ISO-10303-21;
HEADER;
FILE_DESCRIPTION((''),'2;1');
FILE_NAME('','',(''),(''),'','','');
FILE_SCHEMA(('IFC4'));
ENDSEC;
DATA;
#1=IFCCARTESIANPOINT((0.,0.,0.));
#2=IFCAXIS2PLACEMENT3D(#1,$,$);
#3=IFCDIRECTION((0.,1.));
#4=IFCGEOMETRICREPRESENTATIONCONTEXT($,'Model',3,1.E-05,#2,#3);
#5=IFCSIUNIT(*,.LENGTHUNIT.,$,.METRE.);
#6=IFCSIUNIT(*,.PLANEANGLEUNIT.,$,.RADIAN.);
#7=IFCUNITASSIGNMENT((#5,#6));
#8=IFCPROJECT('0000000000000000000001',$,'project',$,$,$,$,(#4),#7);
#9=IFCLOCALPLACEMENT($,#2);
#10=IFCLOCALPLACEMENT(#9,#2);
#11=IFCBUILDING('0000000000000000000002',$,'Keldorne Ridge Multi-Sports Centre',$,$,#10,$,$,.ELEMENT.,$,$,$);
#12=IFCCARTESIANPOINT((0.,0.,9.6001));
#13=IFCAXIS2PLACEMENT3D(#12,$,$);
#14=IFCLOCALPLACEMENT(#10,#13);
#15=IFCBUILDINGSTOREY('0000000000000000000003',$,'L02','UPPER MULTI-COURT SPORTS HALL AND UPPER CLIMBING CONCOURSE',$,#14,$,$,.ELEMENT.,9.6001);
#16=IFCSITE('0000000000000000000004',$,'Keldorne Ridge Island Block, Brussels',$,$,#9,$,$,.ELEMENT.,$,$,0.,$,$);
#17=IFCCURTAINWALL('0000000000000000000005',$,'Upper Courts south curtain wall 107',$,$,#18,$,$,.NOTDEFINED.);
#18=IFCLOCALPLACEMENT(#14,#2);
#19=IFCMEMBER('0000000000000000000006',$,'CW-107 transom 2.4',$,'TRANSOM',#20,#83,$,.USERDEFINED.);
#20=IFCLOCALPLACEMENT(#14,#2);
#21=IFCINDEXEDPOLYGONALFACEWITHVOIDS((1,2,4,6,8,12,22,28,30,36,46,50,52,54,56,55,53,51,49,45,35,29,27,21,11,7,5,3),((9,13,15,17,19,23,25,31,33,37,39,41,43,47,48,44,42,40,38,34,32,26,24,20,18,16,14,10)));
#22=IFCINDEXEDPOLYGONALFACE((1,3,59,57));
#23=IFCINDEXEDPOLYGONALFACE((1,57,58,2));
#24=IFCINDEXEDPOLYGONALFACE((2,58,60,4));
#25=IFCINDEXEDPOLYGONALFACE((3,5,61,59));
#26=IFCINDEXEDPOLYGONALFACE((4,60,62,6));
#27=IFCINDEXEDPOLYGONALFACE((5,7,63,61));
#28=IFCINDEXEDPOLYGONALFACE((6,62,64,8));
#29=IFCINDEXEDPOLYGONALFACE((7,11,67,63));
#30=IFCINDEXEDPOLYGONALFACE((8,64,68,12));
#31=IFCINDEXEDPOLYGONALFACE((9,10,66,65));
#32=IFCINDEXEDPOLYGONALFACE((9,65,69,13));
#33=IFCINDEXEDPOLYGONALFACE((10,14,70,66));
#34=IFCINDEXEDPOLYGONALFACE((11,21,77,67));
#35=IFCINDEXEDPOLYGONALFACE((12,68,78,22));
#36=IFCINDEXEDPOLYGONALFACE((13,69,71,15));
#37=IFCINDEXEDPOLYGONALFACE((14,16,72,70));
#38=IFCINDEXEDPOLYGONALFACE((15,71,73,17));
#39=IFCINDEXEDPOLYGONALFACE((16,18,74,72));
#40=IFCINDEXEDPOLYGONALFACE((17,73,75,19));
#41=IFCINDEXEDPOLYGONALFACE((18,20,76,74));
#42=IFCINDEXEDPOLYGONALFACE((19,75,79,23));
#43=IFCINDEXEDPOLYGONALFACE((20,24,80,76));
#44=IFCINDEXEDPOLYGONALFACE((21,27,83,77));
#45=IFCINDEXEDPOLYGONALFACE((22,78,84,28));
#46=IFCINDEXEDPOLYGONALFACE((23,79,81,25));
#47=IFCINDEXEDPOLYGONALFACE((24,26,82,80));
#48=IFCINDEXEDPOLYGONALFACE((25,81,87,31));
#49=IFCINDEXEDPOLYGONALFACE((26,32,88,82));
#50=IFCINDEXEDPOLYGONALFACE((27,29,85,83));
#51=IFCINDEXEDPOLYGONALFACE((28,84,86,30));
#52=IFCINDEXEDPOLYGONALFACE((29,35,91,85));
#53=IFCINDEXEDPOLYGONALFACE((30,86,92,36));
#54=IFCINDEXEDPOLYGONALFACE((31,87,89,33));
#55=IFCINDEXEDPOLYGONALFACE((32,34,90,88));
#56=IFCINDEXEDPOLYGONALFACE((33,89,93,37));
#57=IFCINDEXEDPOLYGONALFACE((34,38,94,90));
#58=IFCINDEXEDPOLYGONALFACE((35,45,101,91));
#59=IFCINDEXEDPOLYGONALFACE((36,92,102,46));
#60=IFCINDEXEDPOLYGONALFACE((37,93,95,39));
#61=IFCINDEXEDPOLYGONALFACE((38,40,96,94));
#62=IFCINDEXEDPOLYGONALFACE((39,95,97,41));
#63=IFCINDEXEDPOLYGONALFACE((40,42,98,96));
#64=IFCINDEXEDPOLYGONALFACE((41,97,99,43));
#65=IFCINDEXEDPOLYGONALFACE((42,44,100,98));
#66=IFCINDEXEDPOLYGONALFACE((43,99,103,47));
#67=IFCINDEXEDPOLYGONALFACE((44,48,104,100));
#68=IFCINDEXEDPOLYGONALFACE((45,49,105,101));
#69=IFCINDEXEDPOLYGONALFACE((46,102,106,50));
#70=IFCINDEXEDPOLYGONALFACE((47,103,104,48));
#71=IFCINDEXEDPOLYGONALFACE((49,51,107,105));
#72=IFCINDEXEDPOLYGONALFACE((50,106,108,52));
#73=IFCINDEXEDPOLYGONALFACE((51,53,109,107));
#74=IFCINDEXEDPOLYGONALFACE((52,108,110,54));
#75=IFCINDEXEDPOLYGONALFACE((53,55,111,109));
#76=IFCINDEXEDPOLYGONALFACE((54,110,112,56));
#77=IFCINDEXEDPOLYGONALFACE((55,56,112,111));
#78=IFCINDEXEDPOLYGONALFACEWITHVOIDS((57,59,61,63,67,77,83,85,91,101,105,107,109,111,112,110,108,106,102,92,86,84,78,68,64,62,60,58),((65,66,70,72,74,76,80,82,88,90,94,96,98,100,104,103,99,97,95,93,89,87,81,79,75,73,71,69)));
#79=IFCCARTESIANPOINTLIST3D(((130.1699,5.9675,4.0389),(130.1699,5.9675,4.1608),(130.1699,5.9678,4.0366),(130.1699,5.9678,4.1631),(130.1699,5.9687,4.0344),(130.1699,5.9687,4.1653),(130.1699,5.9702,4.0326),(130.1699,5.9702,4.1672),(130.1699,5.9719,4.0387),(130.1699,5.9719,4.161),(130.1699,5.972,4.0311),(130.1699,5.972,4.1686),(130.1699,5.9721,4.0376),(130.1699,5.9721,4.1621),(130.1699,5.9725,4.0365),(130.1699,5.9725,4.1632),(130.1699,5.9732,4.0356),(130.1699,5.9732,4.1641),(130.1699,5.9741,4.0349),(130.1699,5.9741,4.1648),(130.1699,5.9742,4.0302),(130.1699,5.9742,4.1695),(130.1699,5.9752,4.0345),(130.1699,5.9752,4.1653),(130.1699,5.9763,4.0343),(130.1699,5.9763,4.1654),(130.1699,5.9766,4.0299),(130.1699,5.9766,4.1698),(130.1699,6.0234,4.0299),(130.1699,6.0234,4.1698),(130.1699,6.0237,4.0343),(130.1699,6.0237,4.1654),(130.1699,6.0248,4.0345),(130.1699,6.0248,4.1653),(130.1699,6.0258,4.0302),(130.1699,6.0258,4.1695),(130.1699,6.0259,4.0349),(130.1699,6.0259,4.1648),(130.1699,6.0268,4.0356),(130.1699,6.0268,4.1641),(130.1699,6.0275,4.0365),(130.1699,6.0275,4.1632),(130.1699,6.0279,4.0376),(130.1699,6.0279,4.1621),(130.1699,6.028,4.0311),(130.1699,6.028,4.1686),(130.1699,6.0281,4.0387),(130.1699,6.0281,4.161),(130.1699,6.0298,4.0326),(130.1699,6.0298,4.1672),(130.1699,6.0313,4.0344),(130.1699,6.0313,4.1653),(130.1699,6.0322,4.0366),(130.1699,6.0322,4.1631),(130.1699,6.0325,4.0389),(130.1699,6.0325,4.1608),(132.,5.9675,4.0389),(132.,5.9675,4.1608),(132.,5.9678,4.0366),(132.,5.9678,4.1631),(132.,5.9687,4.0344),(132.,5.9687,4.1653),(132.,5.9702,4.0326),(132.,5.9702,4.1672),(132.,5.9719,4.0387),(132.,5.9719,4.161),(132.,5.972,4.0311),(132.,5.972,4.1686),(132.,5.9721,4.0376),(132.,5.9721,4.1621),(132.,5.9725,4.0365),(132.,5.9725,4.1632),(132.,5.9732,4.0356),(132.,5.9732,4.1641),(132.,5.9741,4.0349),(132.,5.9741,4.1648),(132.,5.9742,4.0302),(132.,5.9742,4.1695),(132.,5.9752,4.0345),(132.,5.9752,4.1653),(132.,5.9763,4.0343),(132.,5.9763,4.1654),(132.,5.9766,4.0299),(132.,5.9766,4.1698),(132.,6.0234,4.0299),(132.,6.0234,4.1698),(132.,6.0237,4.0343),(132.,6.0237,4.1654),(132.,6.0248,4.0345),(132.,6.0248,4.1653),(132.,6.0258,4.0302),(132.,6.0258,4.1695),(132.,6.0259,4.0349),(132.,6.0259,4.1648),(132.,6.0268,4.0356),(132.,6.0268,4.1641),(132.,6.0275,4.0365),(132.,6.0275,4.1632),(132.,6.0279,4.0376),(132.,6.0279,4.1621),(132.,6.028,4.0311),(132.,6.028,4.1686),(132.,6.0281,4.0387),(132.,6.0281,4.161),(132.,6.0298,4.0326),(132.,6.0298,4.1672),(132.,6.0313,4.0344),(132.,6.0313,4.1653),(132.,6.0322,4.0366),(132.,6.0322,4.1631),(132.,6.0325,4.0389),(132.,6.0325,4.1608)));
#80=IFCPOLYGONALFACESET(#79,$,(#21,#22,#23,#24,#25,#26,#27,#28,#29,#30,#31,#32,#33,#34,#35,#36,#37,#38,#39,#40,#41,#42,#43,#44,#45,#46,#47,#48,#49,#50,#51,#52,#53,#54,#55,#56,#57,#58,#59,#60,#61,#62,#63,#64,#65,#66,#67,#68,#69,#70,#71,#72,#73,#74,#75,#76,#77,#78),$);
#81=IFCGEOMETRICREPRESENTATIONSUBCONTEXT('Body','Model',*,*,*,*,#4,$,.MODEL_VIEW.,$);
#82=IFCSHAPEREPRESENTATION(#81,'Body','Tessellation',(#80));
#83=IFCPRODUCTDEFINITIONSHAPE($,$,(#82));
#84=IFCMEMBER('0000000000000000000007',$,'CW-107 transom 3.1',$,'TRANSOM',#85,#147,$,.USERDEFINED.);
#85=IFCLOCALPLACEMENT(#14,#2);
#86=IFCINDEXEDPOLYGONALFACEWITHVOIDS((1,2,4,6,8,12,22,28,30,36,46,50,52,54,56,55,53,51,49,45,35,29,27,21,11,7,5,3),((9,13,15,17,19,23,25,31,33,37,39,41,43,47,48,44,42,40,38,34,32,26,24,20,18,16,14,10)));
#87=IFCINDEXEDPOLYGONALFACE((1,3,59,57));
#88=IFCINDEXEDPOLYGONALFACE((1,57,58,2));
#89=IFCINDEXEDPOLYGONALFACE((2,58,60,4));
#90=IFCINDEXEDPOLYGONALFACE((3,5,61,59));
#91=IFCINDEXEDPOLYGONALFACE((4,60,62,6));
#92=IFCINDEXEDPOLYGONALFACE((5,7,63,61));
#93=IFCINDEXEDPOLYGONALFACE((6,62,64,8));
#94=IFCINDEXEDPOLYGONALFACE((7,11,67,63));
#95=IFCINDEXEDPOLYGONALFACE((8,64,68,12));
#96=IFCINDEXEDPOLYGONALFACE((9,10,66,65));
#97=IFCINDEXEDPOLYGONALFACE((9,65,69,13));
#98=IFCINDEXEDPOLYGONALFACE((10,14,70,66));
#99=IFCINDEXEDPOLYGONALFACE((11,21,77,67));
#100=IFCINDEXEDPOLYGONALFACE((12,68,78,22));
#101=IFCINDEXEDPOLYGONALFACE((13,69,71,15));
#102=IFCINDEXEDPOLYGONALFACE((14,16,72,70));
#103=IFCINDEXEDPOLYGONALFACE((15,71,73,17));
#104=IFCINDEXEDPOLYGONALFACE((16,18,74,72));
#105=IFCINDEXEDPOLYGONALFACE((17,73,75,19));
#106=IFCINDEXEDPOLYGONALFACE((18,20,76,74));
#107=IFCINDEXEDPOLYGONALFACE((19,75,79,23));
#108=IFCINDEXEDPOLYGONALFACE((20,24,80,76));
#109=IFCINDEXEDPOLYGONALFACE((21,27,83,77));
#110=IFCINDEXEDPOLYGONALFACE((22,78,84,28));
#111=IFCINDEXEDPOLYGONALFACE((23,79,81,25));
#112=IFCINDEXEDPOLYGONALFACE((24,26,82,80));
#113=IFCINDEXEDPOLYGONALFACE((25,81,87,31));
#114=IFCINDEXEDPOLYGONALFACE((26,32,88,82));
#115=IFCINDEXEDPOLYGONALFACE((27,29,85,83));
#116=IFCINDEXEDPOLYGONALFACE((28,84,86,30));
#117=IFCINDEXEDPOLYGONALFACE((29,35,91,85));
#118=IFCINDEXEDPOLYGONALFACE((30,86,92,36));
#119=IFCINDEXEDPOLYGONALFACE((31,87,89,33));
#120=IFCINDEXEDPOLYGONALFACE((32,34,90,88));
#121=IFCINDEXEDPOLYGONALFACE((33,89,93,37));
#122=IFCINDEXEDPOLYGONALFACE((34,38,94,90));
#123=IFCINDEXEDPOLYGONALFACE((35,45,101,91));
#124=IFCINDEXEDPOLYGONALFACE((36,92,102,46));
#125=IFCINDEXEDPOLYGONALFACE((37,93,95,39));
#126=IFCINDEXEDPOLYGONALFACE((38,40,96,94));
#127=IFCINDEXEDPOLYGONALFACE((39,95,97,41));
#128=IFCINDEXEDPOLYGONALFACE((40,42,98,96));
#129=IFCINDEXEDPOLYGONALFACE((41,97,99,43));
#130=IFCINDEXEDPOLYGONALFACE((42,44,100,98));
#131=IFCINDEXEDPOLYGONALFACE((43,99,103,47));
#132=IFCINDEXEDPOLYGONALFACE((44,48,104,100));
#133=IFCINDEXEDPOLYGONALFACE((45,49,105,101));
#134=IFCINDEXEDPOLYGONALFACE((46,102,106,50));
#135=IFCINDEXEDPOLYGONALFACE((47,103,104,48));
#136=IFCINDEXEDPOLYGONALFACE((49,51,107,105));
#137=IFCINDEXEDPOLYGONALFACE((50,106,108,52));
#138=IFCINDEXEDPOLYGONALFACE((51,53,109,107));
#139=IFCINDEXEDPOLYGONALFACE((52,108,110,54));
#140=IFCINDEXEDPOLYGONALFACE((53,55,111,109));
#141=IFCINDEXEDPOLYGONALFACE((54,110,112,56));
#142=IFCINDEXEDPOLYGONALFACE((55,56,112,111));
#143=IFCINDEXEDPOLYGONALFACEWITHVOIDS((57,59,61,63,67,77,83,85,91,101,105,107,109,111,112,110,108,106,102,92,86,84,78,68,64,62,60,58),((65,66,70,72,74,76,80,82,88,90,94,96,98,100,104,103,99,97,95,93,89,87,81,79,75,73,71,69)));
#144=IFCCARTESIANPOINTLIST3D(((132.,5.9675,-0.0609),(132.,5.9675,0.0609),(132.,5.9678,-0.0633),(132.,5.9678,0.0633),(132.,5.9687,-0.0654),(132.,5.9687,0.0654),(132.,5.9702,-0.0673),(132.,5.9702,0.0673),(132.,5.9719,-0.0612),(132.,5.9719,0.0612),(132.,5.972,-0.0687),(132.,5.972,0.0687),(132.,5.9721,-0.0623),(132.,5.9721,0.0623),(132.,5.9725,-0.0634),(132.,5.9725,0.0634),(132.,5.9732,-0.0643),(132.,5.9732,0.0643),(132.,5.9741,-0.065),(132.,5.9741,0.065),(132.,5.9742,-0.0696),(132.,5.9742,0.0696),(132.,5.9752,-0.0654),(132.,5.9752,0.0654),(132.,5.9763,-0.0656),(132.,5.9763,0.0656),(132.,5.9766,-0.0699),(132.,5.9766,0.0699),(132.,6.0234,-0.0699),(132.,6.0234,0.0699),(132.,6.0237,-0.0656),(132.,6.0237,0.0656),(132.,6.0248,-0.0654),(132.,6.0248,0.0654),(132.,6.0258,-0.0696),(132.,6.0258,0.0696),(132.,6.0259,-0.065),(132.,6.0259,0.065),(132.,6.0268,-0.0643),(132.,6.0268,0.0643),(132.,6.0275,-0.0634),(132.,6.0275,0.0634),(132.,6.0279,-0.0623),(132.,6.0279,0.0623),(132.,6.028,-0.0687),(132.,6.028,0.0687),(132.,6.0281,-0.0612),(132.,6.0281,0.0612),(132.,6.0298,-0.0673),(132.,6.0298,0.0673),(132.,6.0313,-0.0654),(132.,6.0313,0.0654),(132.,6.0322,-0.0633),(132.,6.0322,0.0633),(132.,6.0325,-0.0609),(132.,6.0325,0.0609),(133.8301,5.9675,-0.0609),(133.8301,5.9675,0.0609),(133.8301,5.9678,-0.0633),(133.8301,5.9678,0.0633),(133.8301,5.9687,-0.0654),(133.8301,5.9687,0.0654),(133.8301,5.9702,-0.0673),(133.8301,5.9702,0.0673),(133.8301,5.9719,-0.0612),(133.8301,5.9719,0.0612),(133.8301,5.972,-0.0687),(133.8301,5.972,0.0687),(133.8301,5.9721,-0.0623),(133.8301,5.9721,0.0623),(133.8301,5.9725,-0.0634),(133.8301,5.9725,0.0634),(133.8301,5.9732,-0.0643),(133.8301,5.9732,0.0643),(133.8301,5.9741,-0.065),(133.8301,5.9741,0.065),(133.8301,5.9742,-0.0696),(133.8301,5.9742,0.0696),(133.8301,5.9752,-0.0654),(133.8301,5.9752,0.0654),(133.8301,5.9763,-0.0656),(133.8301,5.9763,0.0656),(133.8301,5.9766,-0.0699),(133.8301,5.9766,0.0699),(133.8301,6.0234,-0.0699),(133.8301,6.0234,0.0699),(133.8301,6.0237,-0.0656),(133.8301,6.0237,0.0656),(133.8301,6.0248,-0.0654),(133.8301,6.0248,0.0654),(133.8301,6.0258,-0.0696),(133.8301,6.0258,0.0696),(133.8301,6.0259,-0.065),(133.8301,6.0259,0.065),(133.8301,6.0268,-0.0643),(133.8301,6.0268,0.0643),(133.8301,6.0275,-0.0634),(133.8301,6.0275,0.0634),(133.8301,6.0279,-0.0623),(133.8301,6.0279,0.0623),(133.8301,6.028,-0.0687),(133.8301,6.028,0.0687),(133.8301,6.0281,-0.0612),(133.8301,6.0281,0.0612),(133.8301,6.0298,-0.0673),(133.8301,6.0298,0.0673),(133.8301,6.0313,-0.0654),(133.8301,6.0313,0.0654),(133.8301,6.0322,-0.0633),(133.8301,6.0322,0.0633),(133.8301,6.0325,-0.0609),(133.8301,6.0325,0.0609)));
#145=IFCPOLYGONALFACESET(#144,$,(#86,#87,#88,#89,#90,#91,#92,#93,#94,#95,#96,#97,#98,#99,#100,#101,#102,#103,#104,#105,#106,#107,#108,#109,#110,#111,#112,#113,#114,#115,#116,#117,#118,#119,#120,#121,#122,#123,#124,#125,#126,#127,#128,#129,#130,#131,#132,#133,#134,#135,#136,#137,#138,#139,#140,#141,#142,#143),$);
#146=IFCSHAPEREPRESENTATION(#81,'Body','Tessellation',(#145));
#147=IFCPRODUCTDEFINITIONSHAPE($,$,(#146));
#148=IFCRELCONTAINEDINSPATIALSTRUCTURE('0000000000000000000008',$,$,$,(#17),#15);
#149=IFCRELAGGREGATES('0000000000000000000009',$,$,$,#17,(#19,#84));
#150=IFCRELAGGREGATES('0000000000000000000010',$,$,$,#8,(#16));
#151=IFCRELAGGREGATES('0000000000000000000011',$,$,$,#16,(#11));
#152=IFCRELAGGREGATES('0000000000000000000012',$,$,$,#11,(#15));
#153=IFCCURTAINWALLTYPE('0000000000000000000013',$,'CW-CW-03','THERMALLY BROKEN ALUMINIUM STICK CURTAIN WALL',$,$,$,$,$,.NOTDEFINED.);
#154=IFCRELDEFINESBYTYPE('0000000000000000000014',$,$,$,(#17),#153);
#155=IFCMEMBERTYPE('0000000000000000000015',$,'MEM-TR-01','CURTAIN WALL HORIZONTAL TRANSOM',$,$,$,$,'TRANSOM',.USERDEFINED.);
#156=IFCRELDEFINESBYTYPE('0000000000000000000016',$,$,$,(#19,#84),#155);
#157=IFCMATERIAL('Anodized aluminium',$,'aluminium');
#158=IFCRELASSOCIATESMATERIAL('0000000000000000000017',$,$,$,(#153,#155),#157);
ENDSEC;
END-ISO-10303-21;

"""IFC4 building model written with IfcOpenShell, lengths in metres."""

from ifc_helpers import new_model, si_unit, direction, frame, origin, origin_2d, place, context, subcontext, project, spatial, hollow_rectangle, extrude, material, material_profile, profile_set, type_object, element, aggregate, save


model = new_model("IFC4")

# Units and contexts
model_context = context("Model", 3, precision=1e-05, world=origin(), true_north=direction((0.0, 1.0)))
body_context = subcontext(model_context, "Body", "Model", "MODEL_VIEW")
ifc_project = project(units=[si_unit("LENGTHUNIT", "METRE"), si_unit("PLANEANGLEUNIT", "RADIAN")], contexts=[model_context])

# Site, building, storey
site_placement = place(None, origin())
site = spatial("IfcSite", under=ifc_project, at=site_placement, Name="Keldorne Ridge Island Block, Brussels", CompositionType="ELEMENT", RefElevation=0.0)
building_placement = place(site_placement, origin())
building = spatial("IfcBuilding", under=site, at=building_placement, Name="Keldorne Ridge Multi-Sports Centre", CompositionType="ELEMENT")
storey_placement = place(building_placement, frame((0.0, 0.0, 9.6001)))
storey = spatial("IfcBuildingStorey", under=building, at=storey_placement, Name="L02", Description="UPPER MULTI-COURT SPORTS HALL AND UPPER CLIMBING CONCOURSE", CompositionType="ELEMENT", Elevation=9.6001)

# Curtain wall, members
ifc_material_1 = material(Name="Anodized aluminium", Category="aluminium")
curtain_wall_type = type_object("IfcCurtainWallType", Name="CW-CW-03", Description="THERMALLY BROKEN ALUMINIUM STICK CURTAIN WALL", PredefinedType="NOTDEFINED", material=ifc_material_1)
curtain_wall_placement = place(storey_placement, origin())
curtain_wall = element("IfcCurtainWall", 1, at=curtain_wall_placement, inside=storey, type_object=curtain_wall_type, Name="Upper Courts south curtain wall 107", PredefinedType="NOTDEFINED")
ifc_material_profile_1 = material_profile(ifc_material_1, hollow_rectangle(XDim=0.0649, YDim=0.1399, WallThickness=0.0044, InnerFilletRadius=0.0044, OuterFilletRadius=0.009, at=origin_2d()), Name="ALU TRANSOM 140x65x4.5")
ifc_profile_set_1 = profile_set([ifc_material_profile_1], Name="Anodized aluminium")
member_type_1 = type_object("IfcMemberType", Name="MEM-TR-01", Description="CURTAIN WALL HORIZONTAL TRANSOM", ElementType="TRANSOM", PredefinedType="USERDEFINED", material=ifc_profile_set_1)
member_1_placement = place(storey_placement, frame((130.1699, 6.0, 4.0999), z_axis=(1.0, 0.0, 0.0), x_axis=(0.0, 1.0, 0.0)))
member_1 = element("IfcMember", 2, at=member_1_placement, type_object=member_type_1, Name="CW-107 transom 2.4", ObjectType="TRANSOM", PredefinedType="USERDEFINED", context=body_context, shape_type="SweptSolid", body=[
    extrude(hollow_rectangle(XDim=0.0649, YDim=0.1399, WallThickness=0.0044, InnerFilletRadius=0.0044, OuterFilletRadius=0.009, at=origin_2d()), origin(), (0.0, 0.0, 1.0), 1.8301),
])
member_2_placement = place(storey_placement, frame((132.0, 6.0, 0.0), z_axis=(1.0, 0.0, 0.0), x_axis=(0.0, 1.0, 0.0)))
member_2 = element("IfcMember", 3, at=member_2_placement, type_object=member_type_1, Name="CW-107 transom 3.1", ObjectType="TRANSOM", PredefinedType="USERDEFINED", context=body_context, shape_type="SweptSolid", body=[
    extrude(hollow_rectangle(XDim=0.0649, YDim=0.1399, WallThickness=0.0044, InnerFilletRadius=0.0044, OuterFilletRadius=0.009, at=origin_2d()), origin(), (0.0, 0.0, 1.0), 1.8301),
])
aggregate(curtain_wall, [member_1, member_2])

save(model, "model.ifc")
